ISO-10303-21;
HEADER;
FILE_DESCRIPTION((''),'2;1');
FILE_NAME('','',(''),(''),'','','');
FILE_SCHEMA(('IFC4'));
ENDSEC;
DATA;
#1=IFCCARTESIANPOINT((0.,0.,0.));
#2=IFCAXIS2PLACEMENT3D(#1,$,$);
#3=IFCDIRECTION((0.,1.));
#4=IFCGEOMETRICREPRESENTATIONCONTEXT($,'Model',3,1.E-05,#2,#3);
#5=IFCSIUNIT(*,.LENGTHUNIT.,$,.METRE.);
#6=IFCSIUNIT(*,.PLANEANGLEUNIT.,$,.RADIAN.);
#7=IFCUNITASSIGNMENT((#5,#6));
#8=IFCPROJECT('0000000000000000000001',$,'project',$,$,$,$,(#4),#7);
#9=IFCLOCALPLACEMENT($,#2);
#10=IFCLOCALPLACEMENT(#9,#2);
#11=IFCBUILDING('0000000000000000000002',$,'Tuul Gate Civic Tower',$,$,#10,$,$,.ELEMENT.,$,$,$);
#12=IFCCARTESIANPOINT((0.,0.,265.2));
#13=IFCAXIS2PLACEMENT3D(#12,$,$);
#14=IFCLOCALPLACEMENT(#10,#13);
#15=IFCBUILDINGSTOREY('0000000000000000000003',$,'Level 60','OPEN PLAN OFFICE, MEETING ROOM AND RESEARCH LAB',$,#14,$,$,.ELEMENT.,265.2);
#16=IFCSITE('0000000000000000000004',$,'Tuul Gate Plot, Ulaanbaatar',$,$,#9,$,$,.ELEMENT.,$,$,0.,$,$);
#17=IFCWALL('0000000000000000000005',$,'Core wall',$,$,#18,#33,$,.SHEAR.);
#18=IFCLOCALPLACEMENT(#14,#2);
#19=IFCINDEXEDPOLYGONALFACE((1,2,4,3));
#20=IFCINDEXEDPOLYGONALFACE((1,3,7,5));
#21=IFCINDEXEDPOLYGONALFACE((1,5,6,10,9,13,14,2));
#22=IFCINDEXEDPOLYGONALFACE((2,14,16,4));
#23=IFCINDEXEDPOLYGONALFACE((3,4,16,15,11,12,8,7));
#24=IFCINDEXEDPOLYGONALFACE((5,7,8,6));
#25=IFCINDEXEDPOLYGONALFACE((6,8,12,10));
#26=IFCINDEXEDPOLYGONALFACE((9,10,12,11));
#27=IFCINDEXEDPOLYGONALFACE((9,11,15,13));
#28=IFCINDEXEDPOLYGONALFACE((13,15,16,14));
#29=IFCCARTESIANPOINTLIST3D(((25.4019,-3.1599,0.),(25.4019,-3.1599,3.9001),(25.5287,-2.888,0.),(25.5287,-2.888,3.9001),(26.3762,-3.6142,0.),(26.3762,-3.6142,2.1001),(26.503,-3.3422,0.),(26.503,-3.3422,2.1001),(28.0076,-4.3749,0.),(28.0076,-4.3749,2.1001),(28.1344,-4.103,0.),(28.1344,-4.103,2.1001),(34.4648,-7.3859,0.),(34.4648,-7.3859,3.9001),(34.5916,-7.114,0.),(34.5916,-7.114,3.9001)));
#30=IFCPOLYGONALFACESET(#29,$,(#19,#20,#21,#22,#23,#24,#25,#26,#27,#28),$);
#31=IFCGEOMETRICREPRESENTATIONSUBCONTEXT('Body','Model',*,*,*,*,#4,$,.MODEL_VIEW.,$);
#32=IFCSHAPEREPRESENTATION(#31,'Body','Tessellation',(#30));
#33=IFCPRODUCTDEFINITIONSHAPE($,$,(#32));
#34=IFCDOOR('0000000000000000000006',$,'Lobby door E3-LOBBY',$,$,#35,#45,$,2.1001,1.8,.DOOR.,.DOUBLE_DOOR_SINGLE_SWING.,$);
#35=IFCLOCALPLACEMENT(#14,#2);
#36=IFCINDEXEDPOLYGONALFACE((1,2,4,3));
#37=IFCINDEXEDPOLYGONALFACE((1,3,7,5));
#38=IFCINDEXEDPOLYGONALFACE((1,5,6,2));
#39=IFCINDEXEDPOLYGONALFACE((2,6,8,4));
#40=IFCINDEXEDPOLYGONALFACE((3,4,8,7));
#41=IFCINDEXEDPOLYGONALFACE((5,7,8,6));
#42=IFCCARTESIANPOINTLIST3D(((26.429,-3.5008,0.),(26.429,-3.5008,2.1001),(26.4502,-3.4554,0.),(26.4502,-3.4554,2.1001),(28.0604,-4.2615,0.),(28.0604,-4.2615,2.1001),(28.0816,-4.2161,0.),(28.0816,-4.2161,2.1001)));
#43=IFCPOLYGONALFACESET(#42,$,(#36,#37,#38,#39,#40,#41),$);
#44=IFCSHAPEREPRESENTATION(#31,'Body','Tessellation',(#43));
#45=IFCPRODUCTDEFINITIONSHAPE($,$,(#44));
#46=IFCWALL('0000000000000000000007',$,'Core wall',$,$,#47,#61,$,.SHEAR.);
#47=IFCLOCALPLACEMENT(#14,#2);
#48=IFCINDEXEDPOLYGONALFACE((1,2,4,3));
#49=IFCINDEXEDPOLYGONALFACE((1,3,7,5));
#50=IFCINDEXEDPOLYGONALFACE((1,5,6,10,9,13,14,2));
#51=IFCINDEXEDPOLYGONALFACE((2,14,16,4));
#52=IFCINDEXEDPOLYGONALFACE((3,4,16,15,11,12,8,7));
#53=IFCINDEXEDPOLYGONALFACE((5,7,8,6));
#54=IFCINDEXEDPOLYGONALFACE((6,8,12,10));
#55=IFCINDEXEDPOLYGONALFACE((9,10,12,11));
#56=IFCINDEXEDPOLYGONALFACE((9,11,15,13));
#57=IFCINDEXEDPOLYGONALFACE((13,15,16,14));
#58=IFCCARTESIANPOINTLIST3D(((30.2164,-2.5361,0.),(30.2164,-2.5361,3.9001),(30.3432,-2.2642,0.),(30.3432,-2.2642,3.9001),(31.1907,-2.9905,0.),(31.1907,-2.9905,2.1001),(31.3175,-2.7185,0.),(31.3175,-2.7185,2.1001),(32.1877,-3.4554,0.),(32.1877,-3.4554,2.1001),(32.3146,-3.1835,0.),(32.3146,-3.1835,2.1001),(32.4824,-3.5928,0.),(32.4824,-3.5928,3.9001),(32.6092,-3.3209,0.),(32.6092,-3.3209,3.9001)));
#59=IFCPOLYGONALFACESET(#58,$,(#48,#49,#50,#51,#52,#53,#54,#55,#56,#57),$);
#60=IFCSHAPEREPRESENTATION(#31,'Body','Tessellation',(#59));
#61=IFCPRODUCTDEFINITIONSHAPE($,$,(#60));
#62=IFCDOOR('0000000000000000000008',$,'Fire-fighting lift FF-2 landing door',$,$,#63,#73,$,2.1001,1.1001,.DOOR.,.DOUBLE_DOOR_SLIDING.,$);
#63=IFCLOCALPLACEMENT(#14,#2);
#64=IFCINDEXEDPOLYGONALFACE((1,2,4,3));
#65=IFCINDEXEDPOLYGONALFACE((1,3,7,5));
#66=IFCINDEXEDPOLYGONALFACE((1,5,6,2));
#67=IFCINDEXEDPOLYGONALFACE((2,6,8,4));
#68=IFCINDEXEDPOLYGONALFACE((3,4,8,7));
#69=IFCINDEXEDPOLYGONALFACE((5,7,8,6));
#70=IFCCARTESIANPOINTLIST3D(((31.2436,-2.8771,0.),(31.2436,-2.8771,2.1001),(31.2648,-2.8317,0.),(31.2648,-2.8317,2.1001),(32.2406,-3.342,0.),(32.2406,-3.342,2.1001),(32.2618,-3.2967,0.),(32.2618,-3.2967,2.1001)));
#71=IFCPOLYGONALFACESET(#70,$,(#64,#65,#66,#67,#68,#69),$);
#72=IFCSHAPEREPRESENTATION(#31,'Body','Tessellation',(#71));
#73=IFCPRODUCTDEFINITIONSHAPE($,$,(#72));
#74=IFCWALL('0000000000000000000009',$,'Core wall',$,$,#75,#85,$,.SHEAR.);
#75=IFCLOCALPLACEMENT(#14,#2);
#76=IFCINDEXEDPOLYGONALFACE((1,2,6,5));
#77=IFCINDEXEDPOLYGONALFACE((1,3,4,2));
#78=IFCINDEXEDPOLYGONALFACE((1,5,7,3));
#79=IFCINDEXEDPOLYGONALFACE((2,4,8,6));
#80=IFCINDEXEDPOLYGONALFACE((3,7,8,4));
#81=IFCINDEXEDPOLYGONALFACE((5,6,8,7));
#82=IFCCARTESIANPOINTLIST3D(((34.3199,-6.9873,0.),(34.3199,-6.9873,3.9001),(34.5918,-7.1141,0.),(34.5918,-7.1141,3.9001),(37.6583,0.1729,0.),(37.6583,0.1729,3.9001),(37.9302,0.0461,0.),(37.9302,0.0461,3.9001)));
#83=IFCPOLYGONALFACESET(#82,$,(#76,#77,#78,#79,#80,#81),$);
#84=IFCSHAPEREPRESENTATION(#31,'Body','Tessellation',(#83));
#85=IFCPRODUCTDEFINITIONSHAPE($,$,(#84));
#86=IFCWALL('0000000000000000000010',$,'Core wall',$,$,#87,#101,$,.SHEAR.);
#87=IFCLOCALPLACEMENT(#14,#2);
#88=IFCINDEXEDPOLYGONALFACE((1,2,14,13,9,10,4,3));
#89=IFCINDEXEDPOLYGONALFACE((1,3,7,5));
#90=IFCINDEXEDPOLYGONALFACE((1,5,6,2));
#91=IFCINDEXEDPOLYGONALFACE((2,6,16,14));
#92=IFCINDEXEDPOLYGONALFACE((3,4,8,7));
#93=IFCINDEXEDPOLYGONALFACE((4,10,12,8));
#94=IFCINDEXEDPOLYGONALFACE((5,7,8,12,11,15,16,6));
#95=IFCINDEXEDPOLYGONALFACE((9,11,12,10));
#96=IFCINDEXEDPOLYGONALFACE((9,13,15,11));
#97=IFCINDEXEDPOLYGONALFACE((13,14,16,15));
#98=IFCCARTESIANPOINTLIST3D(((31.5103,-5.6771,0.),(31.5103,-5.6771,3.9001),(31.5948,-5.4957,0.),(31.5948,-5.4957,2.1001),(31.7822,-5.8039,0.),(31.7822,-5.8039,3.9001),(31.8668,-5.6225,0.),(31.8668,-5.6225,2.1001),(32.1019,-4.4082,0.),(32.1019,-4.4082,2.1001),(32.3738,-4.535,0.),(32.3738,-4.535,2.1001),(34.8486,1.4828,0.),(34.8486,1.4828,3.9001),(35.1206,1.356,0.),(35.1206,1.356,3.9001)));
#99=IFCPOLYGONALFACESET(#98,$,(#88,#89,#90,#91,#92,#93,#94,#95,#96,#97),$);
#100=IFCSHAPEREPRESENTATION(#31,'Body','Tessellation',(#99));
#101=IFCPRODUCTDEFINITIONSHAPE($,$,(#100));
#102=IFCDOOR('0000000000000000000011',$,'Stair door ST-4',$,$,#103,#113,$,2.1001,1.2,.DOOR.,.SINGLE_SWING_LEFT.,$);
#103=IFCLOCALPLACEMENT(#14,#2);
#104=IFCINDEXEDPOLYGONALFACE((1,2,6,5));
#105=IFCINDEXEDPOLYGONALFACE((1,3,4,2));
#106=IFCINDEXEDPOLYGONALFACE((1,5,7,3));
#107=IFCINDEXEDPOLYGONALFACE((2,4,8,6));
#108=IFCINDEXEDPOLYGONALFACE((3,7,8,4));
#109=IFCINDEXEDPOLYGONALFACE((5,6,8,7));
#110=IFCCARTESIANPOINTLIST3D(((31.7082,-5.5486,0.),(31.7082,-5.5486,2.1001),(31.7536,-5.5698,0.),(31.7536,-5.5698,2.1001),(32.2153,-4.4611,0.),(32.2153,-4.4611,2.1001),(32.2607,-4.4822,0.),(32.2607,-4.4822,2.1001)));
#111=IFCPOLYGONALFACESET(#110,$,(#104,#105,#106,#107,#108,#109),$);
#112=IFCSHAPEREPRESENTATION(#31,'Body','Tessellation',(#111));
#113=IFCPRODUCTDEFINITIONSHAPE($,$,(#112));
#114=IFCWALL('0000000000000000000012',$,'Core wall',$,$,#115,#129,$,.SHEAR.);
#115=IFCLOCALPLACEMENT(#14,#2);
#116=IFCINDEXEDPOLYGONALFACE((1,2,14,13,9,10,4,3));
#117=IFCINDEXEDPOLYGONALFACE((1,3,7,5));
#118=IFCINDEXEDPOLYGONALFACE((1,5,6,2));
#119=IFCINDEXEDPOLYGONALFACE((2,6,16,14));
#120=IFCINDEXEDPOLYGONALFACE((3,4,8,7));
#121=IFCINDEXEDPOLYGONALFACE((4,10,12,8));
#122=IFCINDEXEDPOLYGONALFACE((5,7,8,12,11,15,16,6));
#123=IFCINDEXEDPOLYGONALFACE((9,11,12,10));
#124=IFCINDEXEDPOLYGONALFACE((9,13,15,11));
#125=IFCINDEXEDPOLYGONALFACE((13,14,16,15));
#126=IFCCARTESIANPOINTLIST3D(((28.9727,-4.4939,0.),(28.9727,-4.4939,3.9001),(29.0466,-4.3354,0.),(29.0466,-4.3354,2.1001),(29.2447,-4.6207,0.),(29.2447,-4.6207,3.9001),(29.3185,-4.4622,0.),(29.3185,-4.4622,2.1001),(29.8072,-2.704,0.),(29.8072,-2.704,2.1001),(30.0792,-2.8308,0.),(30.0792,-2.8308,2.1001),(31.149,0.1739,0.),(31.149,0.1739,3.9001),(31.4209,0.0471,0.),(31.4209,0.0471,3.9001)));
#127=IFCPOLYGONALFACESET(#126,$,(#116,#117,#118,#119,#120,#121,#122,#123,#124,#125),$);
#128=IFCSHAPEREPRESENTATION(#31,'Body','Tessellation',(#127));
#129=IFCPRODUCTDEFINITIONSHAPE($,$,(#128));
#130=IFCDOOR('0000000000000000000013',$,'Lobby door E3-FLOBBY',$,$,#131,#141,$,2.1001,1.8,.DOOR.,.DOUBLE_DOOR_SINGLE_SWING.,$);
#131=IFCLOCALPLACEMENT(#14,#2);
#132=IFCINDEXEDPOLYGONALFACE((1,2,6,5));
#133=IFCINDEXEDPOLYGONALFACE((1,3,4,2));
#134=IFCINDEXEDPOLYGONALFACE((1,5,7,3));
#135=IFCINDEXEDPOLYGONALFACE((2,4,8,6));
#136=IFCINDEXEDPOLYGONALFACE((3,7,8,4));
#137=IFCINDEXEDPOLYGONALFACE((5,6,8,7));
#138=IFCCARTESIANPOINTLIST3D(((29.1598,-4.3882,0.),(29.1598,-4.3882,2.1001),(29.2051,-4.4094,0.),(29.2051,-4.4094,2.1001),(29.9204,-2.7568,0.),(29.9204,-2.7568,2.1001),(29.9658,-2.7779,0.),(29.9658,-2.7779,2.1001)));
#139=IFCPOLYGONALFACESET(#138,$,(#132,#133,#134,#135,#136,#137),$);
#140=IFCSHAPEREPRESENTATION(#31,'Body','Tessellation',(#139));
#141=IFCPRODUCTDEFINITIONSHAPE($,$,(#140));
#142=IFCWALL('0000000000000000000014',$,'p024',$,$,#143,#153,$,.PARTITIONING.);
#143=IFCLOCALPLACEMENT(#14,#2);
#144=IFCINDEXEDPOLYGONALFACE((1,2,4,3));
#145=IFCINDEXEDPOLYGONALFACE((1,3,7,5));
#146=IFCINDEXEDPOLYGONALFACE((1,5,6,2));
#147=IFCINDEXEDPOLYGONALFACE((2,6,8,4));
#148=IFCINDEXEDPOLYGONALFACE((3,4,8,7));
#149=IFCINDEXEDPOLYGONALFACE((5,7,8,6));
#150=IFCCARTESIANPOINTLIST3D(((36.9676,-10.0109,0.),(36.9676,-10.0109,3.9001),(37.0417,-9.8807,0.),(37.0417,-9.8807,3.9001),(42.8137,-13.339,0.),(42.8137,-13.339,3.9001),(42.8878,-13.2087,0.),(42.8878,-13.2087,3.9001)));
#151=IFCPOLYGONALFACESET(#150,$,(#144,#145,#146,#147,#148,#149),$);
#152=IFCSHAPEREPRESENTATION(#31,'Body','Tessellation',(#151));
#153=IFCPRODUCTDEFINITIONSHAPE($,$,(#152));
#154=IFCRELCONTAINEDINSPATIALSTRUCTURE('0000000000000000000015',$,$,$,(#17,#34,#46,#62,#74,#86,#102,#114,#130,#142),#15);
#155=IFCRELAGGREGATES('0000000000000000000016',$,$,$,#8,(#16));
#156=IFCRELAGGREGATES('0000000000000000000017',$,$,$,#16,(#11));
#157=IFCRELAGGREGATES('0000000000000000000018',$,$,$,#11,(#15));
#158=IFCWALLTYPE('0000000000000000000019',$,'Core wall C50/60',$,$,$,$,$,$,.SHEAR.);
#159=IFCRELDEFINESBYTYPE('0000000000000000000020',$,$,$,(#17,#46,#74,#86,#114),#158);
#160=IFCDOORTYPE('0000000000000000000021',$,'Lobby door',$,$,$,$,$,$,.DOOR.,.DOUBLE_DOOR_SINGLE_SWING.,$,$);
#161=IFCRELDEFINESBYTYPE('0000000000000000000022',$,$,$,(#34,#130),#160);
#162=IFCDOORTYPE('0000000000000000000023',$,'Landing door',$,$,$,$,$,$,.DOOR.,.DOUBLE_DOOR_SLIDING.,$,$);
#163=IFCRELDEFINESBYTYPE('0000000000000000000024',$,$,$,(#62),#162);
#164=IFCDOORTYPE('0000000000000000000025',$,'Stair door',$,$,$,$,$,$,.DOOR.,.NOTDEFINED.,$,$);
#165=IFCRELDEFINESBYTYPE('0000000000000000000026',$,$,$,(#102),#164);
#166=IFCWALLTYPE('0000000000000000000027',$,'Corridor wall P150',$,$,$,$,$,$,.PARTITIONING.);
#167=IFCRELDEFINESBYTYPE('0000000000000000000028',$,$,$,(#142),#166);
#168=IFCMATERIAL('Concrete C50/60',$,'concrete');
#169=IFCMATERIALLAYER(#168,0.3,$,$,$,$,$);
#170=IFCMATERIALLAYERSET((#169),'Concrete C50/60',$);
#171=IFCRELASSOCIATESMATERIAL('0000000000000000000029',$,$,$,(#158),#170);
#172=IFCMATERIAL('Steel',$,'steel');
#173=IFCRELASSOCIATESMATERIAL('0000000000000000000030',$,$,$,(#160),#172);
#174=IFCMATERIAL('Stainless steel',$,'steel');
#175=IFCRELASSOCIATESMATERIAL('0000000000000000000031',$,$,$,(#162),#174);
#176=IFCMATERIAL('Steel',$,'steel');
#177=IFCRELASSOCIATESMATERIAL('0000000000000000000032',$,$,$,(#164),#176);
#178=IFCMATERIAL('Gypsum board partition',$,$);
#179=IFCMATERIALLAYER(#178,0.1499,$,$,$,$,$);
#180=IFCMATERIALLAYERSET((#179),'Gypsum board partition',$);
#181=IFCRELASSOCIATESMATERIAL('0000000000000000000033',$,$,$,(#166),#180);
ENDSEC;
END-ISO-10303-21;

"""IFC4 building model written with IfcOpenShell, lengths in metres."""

from ifc_helpers import new_model, si_unit, direction, frame, frame_2d, origin, place, context, subcontext, project, spatial, rectangle, extrude, material, layer, layer_set, type_object, element, fill, save


model = new_model("IFC4")

# Units and contexts
model_context = context("Model", 3, precision=1e-05, world=origin(), true_north=direction((0.0, 1.0)))
body_context = subcontext(model_context, "Body", "Model", "MODEL_VIEW")
ifc_project = project(units=[si_unit("LENGTHUNIT", "METRE"), si_unit("PLANEANGLEUNIT", "RADIAN")], contexts=[model_context])

# Site, building, storey
site_placement = place(None, origin())
site = spatial("IfcSite", under=ifc_project, at=site_placement, Name="Tuul Gate Plot, Ulaanbaatar", CompositionType="ELEMENT", RefElevation=0.0)
building_placement = place(site_placement, origin())
building = spatial("IfcBuilding", under=site, at=building_placement, Name="Tuul Gate Civic Tower", CompositionType="ELEMENT")
storey_placement = place(building_placement, frame((0.0, 0.0, 265.2)))
storey = spatial("IfcBuildingStorey", under=building, at=storey_placement, Name="Level 60", Description="OPEN PLAN OFFICE, MEETING ROOM AND RESEARCH LAB", CompositionType="ELEMENT", Elevation=265.2)

# Walls, openings, doors
ifc_material_1 = material(Name="Concrete C50/60", Category="concrete")
ifc_layer_1 = layer(ifc_material_1, 0.3)
ifc_layer_set_1 = layer_set([ifc_layer_1], Name="Concrete C50/60")
wall_type_1 = type_object("IfcWallType", Name="Core wall C50/60", PredefinedType="SHEAR", material=ifc_layer_set_1)
wall_1_placement = place(storey_placement, frame((34.5283, -7.25, 0.0), z_axis=(0.0, 0.0, 1.0), x_axis=(-0.90631, 0.422613, 0.0)))
wall_1 = element("IfcWall", 1, at=wall_1_placement, inside=storey, type_object=wall_type_1, Name="Core wall", PredefinedType="SHEAR", context=body_context, shape_type="SweptSolid", body=[
    extrude(rectangle(XDim=9.9998, YDim=0.3, at=frame_2d((5.0, 0.0))), origin(), (0.0, 0.0, 1.0), 3.9001),
])
opening_1_placement = place(wall_1_placement, frame((7.125, 0.0, 0.0)))
opening_1 = element("IfcOpeningElement", 2, at=opening_1_placement, cuts=wall_1, PredefinedType="OPENING", context=body_context, shape_type="SweptSolid", body=[
    extrude(rectangle(XDim=1.8, YDim=2.1001, at=frame_2d((0.8999, 1.05))), frame((0.0, 0.1602, 0.0), z_axis=(0.0, -1.0, 0.0), x_axis=(1.0, 0.0, 0.0)), (0.0, 0.0, 1.0), 0.3201),
])
ifc_material_2 = material(Name="Steel", Category="steel")
door_type_1 = type_object("IfcDoorType", Name="Lobby door", OperationType="DOUBLE_DOOR_SINGLE_SWING", PredefinedType="DOOR", material=ifc_material_2)
door_1_placement = place(opening_1_placement, origin())
door_1 = element("IfcDoor", 3, at=door_1_placement, inside=storey, type_object=door_type_1, Name="Lobby door E3-LOBBY", OperationType="DOUBLE_DOOR_SINGLE_SWING", OverallHeight=2.1001, OverallWidth=1.8, PredefinedType="DOOR", context=body_context, shape_type="SweptSolid", body=[
    extrude(rectangle(XDim=1.8, YDim=2.1001, at=frame_2d((0.8999, 1.05))), frame((0.0, 0.0249, 0.0), z_axis=(0.0, -1.0, 0.0), x_axis=(1.0, 0.0, 0.0)), (0.0, 0.0, 1.0), 0.05),
])
fill(opening_1, door_1)
wall_2_placement = place(storey_placement, frame((32.5457, -3.4568, 0.0), z_axis=(0.0, 0.0, 1.0), x_axis=(-0.9063, 0.422634, 0.0)))
wall_2 = element("IfcWall", 4, at=wall_2_placement, inside=storey, type_object=wall_type_1, Name="Core wall", PredefinedType="SHEAR", context=body_context, shape_type="SweptSolid", body=[
    extrude(rectangle(XDim=2.5002, YDim=0.3, at=frame_2d((1.25, 0.0))), origin(), (0.0, 0.0, 1.0), 3.9001),
])
opening_2_placement = place(wall_2_placement, frame((0.325, 0.0, 0.0)))
opening_2 = element("IfcOpeningElement", 5, at=opening_2_placement, cuts=wall_2, PredefinedType="OPENING", context=body_context, shape_type="SweptSolid", body=[
    extrude(rectangle(XDim=1.1001, YDim=2.1001, at=frame_2d((0.55, 1.05))), frame((0.0, 0.1602, 0.0), z_axis=(0.0, -1.0, 0.0), x_axis=(1.0, 0.0, 0.0)), (0.0, 0.0, 1.0), 0.3201),
])
ifc_material_3 = material(Name="Stainless steel", Category="steel")
door_type_2 = type_object("IfcDoorType", Name="Landing door", OperationType="DOUBLE_DOOR_SLIDING", PredefinedType="DOOR", material=ifc_material_3)
door_2_placement = place(opening_2_placement, origin())
door_2 = element("IfcDoor", 6, at=door_2_placement, inside=storey, type_object=door_type_2, Name="Fire-fighting lift FF-2 landing door", OperationType="DOUBLE_DOOR_SLIDING", OverallHeight=2.1001, OverallWidth=1.1001, PredefinedType="DOOR", context=body_context, shape_type="SweptSolid", body=[
    extrude(rectangle(XDim=1.1001, YDim=2.1001, at=frame_2d((0.55, 1.05))), frame((0.0, 0.0249, 0.0), z_axis=(0.0, -1.0, 0.0), x_axis=(1.0, 0.0, 0.0)), (0.0, 0.0, 1.0), 0.05),
])
fill(opening_2, door_2)

# Wall
wall_3_placement = place(storey_placement, frame((34.4558, -7.0508, 0.0), z_axis=(0.0, 0.0, 1.0), x_axis=(0.422571, 0.90633, 0.0)))
element("IfcWall", 7, at=wall_3_placement, inside=storey, type_object=wall_type_1, Name="Core wall", PredefinedType="SHEAR", context=body_context, shape_type="SweptSolid", body=[
    extrude(rectangle(XDim=7.9001, YDim=0.3, at=frame_2d((3.9502, 0.0))), origin(), (0.0, 0.0, 1.0), 3.9001),
])

# Walls, openings, doors
wall_4_placement = place(storey_placement, frame((31.6462, -5.7405, 0.0), z_axis=(0.0, 0.0, 1.0), x_axis=(0.422583, 0.906324, 0.0)))
wall_4 = element("IfcWall", 8, at=wall_4_placement, inside=storey, type_object=wall_type_1, Name="Core wall", PredefinedType="SHEAR", context=body_context, shape_type="SweptSolid", body=[
    extrude(rectangle(XDim=7.8999, YDim=0.3, at=frame_2d((3.95, 0.0))), origin(), (0.0, 0.0, 1.0), 3.9001),
])
opening_3_placement = place(wall_4_placement, frame((0.2, 0.0, 0.0)))
opening_3 = element("IfcOpeningElement", 9, at=opening_3_placement, cuts=wall_4, PredefinedType="OPENING", context=body_context, shape_type="SweptSolid", body=[
    extrude(rectangle(XDim=1.2, YDim=2.1001, at=frame_2d((0.6001, 1.05))), frame((0.0, 0.1602, 0.0), z_axis=(0.0, -1.0, 0.0), x_axis=(1.0, 0.0, 0.0)), (0.0, 0.0, 1.0), 0.3201),
])
ifc_material_4 = material(Name="Steel", Category="steel")
door_type_3 = type_object("IfcDoorType", Name="Stair door", OperationType="NOTDEFINED", PredefinedType="DOOR", material=ifc_material_4)
door_3_placement = place(opening_3_placement, origin())
door_3 = element("IfcDoor", 10, at=door_3_placement, inside=storey, type_object=door_type_3, Name="Stair door ST-4", OperationType="SINGLE_SWING_LEFT", OverallHeight=2.1001, OverallWidth=1.2, PredefinedType="DOOR", context=body_context, shape_type="SweptSolid", body=[
    extrude(rectangle(XDim=1.2, YDim=2.1001, at=frame_2d((0.6001, 1.05))), frame((0.0, 0.0249, 0.0), z_axis=(0.0, -1.0, 0.0), x_axis=(1.0, 0.0, 0.0)), (0.0, 0.0, 1.0), 0.05),
])
fill(opening_3, door_3)
wall_5_placement = place(storey_placement, frame((29.1086, -4.5574, 0.0), z_axis=(0.0, 0.0, 1.0), x_axis=(0.422566, 0.906332, 0.0)))
wall_5 = element("IfcWall", 11, at=wall_5_placement, inside=storey, type_object=wall_type_1, Name="Core wall", PredefinedType="SHEAR", context=body_context, shape_type="SweptSolid", body=[
    extrude(rectangle(XDim=5.1501, YDim=0.3, at=frame_2d((2.5752, 0.0))), origin(), (0.0, 0.0, 1.0), 3.9001),
])
opening_4_placement = place(wall_5_placement, frame((0.175, 0.0, 0.0)))
opening_4 = element("IfcOpeningElement", 12, at=opening_4_placement, cuts=wall_5, PredefinedType="OPENING", context=body_context, shape_type="SweptSolid", body=[
    extrude(rectangle(XDim=1.8, YDim=2.1001, at=frame_2d((0.8999, 1.05))), frame((0.0, 0.1602, 0.0), z_axis=(0.0, -1.0, 0.0), x_axis=(1.0, 0.0, 0.0)), (0.0, 0.0, 1.0), 0.3201),
])
door_4_placement = place(opening_4_placement, frame((1.8, 0.0, 0.0), z_axis=(0.0, 0.0, 1.0), x_axis=(-1.0, 0.0, 0.0)))
door_4 = element("IfcDoor", 13, at=door_4_placement, inside=storey, type_object=door_type_1, Name="Lobby door E3-FLOBBY", OperationType="DOUBLE_DOOR_SINGLE_SWING", OverallHeight=2.1001, OverallWidth=1.8, PredefinedType="DOOR", context=body_context, shape_type="SweptSolid", body=[
    extrude(rectangle(XDim=1.8, YDim=2.1001, at=frame_2d((0.9001, 1.05))), frame((0.0, 0.0249, 0.0), z_axis=(0.0, -1.0, 0.0), x_axis=(1.0, 0.0, 0.0)), (0.0, 0.0, 1.0), 0.05),
])
fill(opening_4, door_4)

# Wall
ifc_material_5 = material(Name="Gypsum board partition")
ifc_layer_2 = layer(ifc_material_5, 0.1499)
ifc_layer_set_2 = layer_set([ifc_layer_2], Name="Gypsum board partition")
wall_type_2 = type_object("IfcWallType", Name="Corridor wall P150", PredefinedType="PARTITIONING", material=ifc_layer_set_2)
wall_6_placement = place(storey_placement, frame((37.0046, -9.9458, 0.0), z_axis=(0.0, 0.0, 1.0), x_axis=(0.869046, -0.494731, 0.0)))
element("IfcWall", 14, at=wall_6_placement, inside=storey, type_object=wall_type_2, Name="p024", PredefinedType="PARTITIONING", context=body_context, shape_type="SweptSolid", body=[
    extrude(rectangle(XDim=6.7271, YDim=0.1499, at=frame_2d((3.3635, 0.0))), origin(), (0.0, 0.0, 1.0), 3.9001),
])

save(model, "model.ifc")
